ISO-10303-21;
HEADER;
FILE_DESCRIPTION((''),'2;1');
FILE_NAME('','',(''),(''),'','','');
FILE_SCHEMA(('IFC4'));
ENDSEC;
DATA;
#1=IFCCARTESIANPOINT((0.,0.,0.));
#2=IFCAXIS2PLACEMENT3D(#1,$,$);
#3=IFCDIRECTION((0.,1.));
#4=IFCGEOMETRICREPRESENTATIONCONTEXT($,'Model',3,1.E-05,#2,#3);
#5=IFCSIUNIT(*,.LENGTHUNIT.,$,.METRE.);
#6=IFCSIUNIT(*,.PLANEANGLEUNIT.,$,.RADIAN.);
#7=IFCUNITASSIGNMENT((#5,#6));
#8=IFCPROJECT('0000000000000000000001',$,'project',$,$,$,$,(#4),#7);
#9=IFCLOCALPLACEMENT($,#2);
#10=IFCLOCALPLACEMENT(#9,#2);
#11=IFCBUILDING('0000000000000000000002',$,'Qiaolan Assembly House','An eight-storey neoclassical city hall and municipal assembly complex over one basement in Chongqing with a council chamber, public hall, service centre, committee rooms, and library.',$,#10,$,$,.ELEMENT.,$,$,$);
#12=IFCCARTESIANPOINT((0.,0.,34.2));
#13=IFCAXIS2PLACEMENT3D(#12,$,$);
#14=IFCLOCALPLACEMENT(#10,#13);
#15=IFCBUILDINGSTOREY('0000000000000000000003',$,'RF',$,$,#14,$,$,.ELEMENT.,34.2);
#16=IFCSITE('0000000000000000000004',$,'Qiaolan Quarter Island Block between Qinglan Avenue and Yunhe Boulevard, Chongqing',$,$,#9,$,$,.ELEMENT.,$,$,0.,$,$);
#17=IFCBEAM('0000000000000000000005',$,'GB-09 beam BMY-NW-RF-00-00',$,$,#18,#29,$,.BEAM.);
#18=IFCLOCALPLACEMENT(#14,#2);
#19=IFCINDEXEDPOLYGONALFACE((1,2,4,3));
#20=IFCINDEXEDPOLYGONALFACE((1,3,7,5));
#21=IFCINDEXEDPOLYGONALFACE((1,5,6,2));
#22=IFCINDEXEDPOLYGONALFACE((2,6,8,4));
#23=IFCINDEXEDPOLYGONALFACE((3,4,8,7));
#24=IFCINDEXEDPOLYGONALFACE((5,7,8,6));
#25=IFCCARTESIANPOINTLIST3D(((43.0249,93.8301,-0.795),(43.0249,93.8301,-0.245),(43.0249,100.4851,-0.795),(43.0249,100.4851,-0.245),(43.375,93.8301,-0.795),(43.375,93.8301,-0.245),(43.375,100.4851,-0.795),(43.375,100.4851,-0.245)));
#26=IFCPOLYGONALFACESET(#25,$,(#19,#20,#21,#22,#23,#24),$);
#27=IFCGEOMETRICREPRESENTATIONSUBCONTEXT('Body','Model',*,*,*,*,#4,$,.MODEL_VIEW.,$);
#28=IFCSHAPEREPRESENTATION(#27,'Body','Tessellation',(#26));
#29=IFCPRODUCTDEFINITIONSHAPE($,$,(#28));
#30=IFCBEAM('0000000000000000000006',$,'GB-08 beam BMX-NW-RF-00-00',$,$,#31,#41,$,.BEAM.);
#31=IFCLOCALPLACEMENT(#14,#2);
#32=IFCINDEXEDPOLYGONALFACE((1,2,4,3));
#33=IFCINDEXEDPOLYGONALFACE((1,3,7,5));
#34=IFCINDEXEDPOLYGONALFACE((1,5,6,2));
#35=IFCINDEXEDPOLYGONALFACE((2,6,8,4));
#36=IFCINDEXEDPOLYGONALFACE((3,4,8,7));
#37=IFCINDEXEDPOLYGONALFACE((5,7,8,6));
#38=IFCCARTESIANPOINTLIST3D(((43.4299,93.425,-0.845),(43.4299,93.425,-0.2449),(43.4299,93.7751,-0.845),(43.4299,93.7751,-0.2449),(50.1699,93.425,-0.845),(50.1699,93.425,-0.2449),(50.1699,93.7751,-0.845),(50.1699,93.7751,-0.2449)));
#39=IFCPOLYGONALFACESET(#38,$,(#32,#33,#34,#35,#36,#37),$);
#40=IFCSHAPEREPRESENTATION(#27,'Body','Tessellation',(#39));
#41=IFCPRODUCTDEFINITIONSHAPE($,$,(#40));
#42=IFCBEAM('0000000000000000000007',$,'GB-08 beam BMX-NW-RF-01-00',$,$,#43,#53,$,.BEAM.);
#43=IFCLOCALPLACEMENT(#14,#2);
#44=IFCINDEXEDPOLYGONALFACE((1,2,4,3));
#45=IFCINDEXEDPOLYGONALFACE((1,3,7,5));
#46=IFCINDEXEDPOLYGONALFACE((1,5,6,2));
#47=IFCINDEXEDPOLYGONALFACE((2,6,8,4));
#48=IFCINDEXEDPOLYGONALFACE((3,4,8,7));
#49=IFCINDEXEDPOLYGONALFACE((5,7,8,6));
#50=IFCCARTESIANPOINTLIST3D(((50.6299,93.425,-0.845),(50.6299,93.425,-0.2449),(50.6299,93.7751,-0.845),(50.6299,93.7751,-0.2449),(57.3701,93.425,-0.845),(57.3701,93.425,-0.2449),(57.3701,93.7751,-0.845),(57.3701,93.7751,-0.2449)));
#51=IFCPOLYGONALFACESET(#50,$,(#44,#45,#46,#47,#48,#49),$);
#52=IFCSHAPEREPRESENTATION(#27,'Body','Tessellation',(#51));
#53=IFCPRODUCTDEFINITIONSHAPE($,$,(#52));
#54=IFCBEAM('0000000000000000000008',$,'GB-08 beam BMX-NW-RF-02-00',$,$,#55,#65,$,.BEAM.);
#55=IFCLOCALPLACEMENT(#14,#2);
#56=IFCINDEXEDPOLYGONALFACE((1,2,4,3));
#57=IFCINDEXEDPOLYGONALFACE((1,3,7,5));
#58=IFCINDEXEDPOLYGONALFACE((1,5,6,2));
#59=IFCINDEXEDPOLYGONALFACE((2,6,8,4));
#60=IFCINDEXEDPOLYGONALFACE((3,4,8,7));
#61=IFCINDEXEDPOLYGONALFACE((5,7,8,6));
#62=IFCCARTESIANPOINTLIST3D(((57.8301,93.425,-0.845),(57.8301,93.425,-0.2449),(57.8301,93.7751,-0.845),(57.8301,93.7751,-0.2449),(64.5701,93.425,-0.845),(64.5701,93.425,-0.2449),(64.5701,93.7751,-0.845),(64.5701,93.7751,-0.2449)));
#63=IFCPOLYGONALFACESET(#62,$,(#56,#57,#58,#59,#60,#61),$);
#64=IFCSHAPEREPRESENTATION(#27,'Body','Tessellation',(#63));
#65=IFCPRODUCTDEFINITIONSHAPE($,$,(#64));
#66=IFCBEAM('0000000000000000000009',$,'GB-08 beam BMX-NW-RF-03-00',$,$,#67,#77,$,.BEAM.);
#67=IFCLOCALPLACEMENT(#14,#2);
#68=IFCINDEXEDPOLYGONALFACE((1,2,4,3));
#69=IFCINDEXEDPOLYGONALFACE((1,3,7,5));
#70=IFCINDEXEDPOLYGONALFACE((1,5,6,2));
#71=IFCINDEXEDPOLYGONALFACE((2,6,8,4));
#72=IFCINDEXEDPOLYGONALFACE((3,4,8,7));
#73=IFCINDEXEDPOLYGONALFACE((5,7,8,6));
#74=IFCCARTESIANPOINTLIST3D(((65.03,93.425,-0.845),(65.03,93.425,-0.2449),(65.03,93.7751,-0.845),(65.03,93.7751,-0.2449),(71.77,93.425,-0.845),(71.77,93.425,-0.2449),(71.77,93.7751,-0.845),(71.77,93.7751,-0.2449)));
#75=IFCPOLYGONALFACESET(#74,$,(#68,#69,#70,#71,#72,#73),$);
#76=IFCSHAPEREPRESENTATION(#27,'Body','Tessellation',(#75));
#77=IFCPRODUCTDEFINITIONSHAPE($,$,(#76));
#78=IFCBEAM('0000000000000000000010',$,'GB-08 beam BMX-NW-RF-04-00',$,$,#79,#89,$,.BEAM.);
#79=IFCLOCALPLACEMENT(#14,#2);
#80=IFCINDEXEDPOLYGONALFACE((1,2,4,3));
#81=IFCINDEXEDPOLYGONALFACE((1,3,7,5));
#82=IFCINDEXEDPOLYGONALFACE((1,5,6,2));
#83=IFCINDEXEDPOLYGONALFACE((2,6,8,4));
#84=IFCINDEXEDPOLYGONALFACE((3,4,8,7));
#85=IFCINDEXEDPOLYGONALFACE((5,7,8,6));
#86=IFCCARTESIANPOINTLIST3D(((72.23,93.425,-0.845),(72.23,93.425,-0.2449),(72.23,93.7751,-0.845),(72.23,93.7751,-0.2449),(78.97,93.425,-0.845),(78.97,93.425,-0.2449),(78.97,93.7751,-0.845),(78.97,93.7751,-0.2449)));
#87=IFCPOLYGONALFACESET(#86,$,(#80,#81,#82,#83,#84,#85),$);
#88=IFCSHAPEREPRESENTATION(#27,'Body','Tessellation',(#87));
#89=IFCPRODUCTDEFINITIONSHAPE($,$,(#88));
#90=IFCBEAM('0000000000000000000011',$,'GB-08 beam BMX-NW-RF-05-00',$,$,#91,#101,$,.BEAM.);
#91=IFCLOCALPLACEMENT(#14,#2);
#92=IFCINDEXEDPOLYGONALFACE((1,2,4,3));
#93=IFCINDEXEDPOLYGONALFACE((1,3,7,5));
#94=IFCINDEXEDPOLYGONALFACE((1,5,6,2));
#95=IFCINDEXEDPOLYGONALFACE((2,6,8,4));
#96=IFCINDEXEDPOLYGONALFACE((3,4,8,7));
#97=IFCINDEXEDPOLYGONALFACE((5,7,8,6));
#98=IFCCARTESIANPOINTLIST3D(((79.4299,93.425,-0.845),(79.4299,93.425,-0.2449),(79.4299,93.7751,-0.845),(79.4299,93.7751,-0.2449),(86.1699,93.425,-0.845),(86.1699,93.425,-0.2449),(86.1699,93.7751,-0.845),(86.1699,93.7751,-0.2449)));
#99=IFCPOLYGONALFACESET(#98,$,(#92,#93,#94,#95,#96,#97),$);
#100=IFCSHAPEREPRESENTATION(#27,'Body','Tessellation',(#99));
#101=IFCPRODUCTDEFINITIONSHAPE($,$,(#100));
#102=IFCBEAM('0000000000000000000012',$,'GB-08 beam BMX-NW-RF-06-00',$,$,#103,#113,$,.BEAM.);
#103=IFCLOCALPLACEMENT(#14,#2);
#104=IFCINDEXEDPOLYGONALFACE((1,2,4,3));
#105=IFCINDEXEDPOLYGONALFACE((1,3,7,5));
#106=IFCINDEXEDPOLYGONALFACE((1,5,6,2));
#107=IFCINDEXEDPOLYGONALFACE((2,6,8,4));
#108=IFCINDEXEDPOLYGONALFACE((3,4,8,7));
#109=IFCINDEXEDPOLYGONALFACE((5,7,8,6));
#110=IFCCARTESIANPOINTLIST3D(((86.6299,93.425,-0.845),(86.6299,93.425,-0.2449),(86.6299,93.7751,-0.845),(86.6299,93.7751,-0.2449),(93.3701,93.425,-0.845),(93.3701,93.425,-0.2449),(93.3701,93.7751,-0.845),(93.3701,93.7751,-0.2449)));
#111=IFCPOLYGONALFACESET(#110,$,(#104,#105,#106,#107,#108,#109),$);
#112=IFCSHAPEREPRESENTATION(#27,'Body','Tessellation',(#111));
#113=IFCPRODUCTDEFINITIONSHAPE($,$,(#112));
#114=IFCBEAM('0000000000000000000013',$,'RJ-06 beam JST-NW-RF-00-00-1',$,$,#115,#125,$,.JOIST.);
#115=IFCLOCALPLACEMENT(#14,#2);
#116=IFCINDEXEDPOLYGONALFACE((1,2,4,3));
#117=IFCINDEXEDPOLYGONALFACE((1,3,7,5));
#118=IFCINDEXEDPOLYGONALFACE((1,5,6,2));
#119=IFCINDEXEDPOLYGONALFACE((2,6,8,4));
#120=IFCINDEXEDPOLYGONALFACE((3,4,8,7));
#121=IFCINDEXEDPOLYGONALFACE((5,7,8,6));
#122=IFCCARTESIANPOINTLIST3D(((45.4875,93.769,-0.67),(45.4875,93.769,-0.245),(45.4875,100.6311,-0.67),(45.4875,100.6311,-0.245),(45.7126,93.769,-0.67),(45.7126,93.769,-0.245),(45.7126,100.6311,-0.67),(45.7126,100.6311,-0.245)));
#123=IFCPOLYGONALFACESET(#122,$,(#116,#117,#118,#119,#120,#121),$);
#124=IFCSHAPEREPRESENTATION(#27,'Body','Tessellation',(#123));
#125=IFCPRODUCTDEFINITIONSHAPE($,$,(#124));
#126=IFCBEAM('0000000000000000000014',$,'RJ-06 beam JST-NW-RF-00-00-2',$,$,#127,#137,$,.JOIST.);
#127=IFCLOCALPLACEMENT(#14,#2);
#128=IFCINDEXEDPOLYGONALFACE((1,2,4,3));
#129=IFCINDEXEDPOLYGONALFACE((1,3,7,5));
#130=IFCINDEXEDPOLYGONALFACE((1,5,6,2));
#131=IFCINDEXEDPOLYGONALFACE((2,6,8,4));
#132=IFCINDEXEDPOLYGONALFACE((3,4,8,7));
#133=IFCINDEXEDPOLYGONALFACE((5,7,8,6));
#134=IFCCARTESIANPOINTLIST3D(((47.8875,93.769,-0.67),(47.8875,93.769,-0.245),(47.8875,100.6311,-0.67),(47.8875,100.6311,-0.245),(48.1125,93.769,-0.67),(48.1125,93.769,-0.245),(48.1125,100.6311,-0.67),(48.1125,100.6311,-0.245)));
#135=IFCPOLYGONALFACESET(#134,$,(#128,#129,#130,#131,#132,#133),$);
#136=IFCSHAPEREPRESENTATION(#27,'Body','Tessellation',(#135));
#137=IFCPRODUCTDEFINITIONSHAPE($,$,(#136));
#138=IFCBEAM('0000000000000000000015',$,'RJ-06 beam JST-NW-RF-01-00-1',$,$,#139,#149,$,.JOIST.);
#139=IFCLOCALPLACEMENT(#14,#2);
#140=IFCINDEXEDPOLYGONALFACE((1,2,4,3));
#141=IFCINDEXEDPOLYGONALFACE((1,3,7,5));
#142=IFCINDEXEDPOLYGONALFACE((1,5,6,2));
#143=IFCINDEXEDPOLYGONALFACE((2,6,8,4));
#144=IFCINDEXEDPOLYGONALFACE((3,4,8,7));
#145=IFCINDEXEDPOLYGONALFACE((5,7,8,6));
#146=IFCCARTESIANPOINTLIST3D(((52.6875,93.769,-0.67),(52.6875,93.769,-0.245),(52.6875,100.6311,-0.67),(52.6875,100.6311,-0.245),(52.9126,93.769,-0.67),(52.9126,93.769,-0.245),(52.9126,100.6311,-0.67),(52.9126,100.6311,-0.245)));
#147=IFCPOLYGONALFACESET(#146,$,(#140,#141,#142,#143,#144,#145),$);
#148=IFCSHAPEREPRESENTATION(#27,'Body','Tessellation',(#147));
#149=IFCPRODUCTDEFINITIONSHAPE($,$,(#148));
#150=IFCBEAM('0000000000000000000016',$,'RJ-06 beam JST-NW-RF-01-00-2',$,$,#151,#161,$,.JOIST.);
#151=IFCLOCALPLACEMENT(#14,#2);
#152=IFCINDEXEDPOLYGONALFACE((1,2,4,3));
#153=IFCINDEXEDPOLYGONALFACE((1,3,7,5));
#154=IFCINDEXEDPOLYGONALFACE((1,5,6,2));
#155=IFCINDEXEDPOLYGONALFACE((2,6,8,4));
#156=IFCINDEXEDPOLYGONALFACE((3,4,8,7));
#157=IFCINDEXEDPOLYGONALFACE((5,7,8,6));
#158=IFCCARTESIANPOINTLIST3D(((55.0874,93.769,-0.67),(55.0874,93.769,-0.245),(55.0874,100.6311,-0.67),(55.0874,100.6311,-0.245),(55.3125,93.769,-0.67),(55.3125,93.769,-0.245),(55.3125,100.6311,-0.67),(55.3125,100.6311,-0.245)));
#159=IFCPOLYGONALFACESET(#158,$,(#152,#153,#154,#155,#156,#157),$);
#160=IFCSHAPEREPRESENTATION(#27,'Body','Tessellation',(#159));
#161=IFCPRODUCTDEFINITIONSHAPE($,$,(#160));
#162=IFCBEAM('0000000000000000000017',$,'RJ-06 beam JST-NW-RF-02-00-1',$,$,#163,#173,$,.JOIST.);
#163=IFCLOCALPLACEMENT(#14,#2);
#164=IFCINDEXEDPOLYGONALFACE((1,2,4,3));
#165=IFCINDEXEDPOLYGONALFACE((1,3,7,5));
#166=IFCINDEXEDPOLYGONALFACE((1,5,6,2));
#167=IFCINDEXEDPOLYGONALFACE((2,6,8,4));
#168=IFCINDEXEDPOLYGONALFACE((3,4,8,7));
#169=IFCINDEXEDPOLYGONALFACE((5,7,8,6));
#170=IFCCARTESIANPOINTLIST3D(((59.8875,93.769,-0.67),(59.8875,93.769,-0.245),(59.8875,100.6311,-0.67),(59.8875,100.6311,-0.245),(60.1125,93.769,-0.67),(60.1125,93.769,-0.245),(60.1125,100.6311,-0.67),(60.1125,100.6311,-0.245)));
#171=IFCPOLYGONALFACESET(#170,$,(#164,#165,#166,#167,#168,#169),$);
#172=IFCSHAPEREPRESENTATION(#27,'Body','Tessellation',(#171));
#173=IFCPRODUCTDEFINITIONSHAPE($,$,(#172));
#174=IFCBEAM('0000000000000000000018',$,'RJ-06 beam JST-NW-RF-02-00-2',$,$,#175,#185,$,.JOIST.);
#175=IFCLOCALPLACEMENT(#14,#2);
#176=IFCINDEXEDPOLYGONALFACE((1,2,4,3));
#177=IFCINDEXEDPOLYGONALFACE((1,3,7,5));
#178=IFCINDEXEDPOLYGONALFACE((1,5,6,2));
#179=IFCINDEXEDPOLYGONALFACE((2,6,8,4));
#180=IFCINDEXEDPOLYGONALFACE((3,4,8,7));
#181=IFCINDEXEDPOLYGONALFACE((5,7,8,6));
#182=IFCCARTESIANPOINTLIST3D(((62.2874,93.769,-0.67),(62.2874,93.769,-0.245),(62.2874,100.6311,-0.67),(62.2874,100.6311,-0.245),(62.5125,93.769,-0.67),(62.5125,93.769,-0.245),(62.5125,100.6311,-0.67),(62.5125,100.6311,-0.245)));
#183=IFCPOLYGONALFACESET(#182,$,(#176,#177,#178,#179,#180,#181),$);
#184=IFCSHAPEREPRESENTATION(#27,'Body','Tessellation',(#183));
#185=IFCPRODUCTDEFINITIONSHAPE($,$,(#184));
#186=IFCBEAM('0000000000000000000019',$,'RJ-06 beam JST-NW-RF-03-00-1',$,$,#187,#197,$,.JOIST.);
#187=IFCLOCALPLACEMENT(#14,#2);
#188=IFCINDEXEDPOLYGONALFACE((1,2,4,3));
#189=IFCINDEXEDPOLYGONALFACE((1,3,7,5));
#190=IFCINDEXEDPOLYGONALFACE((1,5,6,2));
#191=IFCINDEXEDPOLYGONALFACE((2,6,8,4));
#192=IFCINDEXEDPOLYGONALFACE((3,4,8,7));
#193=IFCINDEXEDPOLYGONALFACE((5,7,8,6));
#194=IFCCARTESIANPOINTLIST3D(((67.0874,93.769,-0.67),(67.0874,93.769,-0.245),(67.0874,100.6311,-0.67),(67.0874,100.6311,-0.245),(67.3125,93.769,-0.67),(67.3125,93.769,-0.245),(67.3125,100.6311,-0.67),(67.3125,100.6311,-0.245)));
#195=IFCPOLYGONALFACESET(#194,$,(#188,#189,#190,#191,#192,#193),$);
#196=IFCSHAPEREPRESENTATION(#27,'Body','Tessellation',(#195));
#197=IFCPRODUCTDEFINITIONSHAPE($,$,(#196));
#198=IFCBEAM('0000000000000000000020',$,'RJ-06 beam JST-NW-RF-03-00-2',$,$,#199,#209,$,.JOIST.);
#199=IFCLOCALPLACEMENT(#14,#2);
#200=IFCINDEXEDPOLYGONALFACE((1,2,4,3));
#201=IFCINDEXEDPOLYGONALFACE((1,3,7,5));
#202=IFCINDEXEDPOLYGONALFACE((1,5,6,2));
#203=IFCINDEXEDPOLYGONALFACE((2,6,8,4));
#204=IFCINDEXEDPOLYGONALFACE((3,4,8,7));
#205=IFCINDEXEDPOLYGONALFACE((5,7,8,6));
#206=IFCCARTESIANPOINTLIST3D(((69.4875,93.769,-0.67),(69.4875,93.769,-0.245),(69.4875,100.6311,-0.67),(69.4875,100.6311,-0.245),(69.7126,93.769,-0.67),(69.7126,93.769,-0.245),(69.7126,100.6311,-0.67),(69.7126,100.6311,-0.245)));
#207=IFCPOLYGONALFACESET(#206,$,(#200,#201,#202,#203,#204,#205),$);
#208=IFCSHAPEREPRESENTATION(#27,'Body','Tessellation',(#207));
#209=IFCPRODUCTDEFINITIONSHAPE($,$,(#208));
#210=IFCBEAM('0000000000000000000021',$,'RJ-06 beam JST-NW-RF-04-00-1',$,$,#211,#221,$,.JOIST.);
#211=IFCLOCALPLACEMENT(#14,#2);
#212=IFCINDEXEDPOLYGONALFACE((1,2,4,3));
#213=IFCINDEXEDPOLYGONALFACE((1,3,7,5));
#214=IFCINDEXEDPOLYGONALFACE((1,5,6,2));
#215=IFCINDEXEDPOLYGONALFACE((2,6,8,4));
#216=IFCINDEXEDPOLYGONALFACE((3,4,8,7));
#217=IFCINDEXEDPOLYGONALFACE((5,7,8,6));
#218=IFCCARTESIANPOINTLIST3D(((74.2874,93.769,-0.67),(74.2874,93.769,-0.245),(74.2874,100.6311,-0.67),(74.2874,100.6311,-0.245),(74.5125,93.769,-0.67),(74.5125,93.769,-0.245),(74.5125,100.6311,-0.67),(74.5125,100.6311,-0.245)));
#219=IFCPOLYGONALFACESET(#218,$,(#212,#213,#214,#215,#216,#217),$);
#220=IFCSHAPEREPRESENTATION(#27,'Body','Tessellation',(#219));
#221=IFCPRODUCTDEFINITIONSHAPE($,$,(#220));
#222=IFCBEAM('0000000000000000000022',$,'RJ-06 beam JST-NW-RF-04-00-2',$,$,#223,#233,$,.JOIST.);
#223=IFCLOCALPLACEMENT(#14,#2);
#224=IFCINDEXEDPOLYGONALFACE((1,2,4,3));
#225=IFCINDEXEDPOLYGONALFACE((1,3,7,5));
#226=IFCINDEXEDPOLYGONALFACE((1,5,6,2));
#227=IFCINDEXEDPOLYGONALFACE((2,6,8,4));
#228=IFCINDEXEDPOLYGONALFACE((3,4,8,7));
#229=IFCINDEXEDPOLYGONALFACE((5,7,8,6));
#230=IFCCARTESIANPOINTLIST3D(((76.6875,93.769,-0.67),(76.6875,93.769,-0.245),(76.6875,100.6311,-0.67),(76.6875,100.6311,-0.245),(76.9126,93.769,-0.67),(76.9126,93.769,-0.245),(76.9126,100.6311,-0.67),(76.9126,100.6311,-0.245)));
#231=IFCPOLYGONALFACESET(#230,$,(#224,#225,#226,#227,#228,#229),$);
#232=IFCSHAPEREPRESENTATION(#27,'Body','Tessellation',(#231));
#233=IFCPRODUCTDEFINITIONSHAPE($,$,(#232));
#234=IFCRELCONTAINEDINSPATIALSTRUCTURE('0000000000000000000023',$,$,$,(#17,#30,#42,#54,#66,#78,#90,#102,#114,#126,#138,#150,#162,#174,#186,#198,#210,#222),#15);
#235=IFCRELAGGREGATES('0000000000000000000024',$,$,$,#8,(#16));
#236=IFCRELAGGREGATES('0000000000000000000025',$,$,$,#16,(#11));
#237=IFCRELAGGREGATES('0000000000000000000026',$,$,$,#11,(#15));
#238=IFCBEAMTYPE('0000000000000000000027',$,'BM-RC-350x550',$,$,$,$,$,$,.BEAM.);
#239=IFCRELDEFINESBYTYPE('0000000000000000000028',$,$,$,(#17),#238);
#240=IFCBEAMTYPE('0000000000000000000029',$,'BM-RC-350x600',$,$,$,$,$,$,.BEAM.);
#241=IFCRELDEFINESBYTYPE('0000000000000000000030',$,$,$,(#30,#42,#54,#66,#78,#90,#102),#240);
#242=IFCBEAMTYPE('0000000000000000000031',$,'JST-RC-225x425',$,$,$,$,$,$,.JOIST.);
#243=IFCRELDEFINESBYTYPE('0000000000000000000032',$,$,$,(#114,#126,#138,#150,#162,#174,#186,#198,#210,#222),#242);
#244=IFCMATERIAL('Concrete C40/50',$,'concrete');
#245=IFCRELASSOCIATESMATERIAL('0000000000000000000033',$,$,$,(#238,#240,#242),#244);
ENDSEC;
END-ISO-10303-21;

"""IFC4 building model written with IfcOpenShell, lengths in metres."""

from ifc_helpers import new_model, si_unit, direction, frame, origin, origin_2d, place, context, subcontext, project, spatial, rectangle, extrude, material, material_profile, profile_set, type_object, element, save


model = new_model("IFC4")

# Units and contexts
model_context = context("Model", 3, precision=1e-05, world=origin(), true_north=direction((0.0, 1.0)))
body_context = subcontext(model_context, "Body", "Model", "MODEL_VIEW")
ifc_project = project(units=[si_unit("LENGTHUNIT", "METRE"), si_unit("PLANEANGLEUNIT", "RADIAN")], contexts=[model_context])

# Site, building, storey
site_placement = place(None, origin())
site = spatial("IfcSite", under=ifc_project, at=site_placement, Name="Qiaolan Quarter Island Block between Qinglan Avenue and Yunhe Boulevard, Chongqing", CompositionType="ELEMENT", RefElevation=0.0)
building_placement = place(site_placement, origin())
building = spatial("IfcBuilding", under=site, at=building_placement, Name="Qiaolan Assembly House", Description="An eight-storey neoclassical city hall and municipal assembly complex over one basement in Chongqing with a council chamber, public hall, service centre, committee rooms, and library.", CompositionType="ELEMENT")
storey_placement = place(building_placement, frame((0.0, 0.0, 34.2)))
storey = spatial("IfcBuildingStorey", under=building, at=storey_placement, Name="RF", CompositionType="ELEMENT", Elevation=34.2)

# Beams
ifc_material_1 = material(Name="Concrete C40/50", Category="concrete")
ifc_material_profile_1 = material_profile(ifc_material_1, rectangle(XDim=0.3501, YDim=0.55, at=origin_2d()), Name="RCB 350x550")
ifc_profile_set_1 = profile_set([ifc_material_profile_1], Name="Concrete C40/50")
beam_type_1 = type_object("IfcBeamType", Name="BM-RC-350x550", PredefinedType="BEAM", material=ifc_profile_set_1)
beam_1_placement = place(storey_placement, frame((43.2, 93.8301, -0.52), z_axis=(0.0, 1.0, 0.0), x_axis=(-1.0, 0.0, 0.0)))
element("IfcBeam", 1, at=beam_1_placement, inside=storey, type_object=beam_type_1, Name="GB-09 beam BMY-NW-RF-00-00", PredefinedType="BEAM", context=body_context, shape_type="SweptSolid", body=[
    extrude(rectangle(XDim=0.3501, YDim=0.55, at=origin_2d()), origin(), (0.0, 0.0, 1.0), 6.655),
])
ifc_material_profile_2 = material_profile(ifc_material_1, rectangle(XDim=0.3501, YDim=0.6001, at=origin_2d()), Name="RCB 350x600")
ifc_profile_set_2 = profile_set([ifc_material_profile_2], Name="Concrete C40/50")
beam_type_2 = type_object("IfcBeamType", Name="BM-RC-350x600", PredefinedType="BEAM", material=ifc_profile_set_2)
beam_2_placement = place(storey_placement, frame((43.4299, 93.6001, -0.5449), z_axis=(1.0, 0.0, 0.0), x_axis=(0.0, 1.0, 0.0)))
element("IfcBeam", 2, at=beam_2_placement, inside=storey, type_object=beam_type_2, Name="GB-08 beam BMX-NW-RF-00-00", PredefinedType="BEAM", context=body_context, shape_type="SweptSolid", body=[
    extrude(rectangle(XDim=0.3501, YDim=0.6001, at=origin_2d()), origin(), (0.0, 0.0, 1.0), 6.74),
])
beam_3_placement = place(storey_placement, frame((50.6299, 93.6001, -0.5449), z_axis=(1.0, 0.0, 0.0), x_axis=(0.0, 1.0, 0.0)))
element("IfcBeam", 3, at=beam_3_placement, inside=storey, type_object=beam_type_2, Name="GB-08 beam BMX-NW-RF-01-00", PredefinedType="BEAM", context=body_context, shape_type="SweptSolid", body=[
    extrude(rectangle(XDim=0.3501, YDim=0.6001, at=origin_2d()), origin(), (0.0, 0.0, 1.0), 6.7402),
])
for number, where, z_axis, x_axis, name in (
    (4, (57.8301, 93.6001, -0.5449), (1.0, 0.0, 0.0), (0.0, 1.0, 0.0), "GB-08 beam BMX-NW-RF-02-00"),
    (5, (65.03, 93.6001, -0.5449), (1.0, 0.0, 0.0), (0.0, 1.0, 0.0), "GB-08 beam BMX-NW-RF-03-00"),
    (6, (72.23, 93.6001, -0.5449), (1.0, 0.0, 0.0), (0.0, 1.0, 0.0), "GB-08 beam BMX-NW-RF-04-00"),
    (7, (79.4299, 93.6001, -0.5449), (1.0, 0.0, 0.0), (0.0, 1.0, 0.0), "GB-08 beam BMX-NW-RF-05-00"),
):
    element("IfcBeam", number, at=place(storey_placement, frame(where, z_axis=z_axis, x_axis=x_axis)), inside=storey, type_object=beam_type_2, Name=name, PredefinedType="BEAM", context=body_context, shape_type="SweptSolid", body=[
        extrude(rectangle(XDim=0.3501, YDim=0.6001, at=origin_2d()), origin(), (0.0, 0.0, 1.0), 6.74),
    ])
beam_4_placement = place(storey_placement, frame((86.6299, 93.6001, -0.5449), z_axis=(1.0, 0.0, 0.0), x_axis=(0.0, 1.0, 0.0)))
element("IfcBeam", 8, at=beam_4_placement, inside=storey, type_object=beam_type_2, Name="GB-08 beam BMX-NW-RF-06-00", PredefinedType="BEAM", context=body_context, shape_type="SweptSolid", body=[
    extrude(rectangle(XDim=0.3501, YDim=0.6001, at=origin_2d()), origin(), (0.0, 0.0, 1.0), 6.7402),
])
ifc_material_profile_3 = material_profile(ifc_material_1, rectangle(XDim=0.2251, YDim=0.425, at=origin_2d()), Name="RCB 225x425")
ifc_profile_set_3 = profile_set([ifc_material_profile_3], Name="Concrete C40/50")
beam_type_3 = type_object("IfcBeamType", Name="JST-RC-225x425", PredefinedType="JOIST", material=ifc_profile_set_3)
for number, where, z_axis, x_axis, name in (
    (9, (45.6001, 93.769, -0.4575), (0.0, 1.0, 0.0), (-1.0, 0.0, 0.0), "RJ-06 beam JST-NW-RF-00-00-1"),
    (10, (48.0, 93.769, -0.4575), (0.0, 1.0, 0.0), (-1.0, 0.0, 0.0), "RJ-06 beam JST-NW-RF-00-00-2"),
    (11, (52.8, 93.769, -0.4575), (0.0, 1.0, 0.0), (-1.0, 0.0, 0.0), "RJ-06 beam JST-NW-RF-01-00-1"),
    (12, (55.2, 93.769, -0.4575), (0.0, 1.0, 0.0), (-1.0, 0.0, 0.0), "RJ-06 beam JST-NW-RF-01-00-2"),
    (13, (60.0, 93.769, -0.4575), (0.0, 1.0, 0.0), (-1.0, 0.0, 0.0), "RJ-06 beam JST-NW-RF-02-00-1"),
    (14, (62.3999, 93.769, -0.4575), (0.0, 1.0, 0.0), (-1.0, 0.0, 0.0), "RJ-06 beam JST-NW-RF-02-00-2"),
    (15, (67.2, 93.769, -0.4575), (0.0, 1.0, 0.0), (-1.0, 0.0, 0.0), "RJ-06 beam JST-NW-RF-03-00-1"),
    (16, (69.6001, 93.769, -0.4575), (0.0, 1.0, 0.0), (-1.0, 0.0, 0.0), "RJ-06 beam JST-NW-RF-03-00-2"),
    (17, (74.3999, 93.769, -0.4575), (0.0, 1.0, 0.0), (-1.0, 0.0, 0.0), "RJ-06 beam JST-NW-RF-04-00-1"),
    (18, (76.8, 93.769, -0.4575), (0.0, 1.0, 0.0), (-1.0, 0.0, 0.0), "RJ-06 beam JST-NW-RF-04-00-2"),
):
    element("IfcBeam", number, at=place(storey_placement, frame(where, z_axis=z_axis, x_axis=x_axis)), inside=storey, type_object=beam_type_3, Name=name, PredefinedType="JOIST", context=body_context, shape_type="SweptSolid", body=[
        extrude(rectangle(XDim=0.2251, YDim=0.425, at=origin_2d()), origin(), (0.0, 0.0, 1.0), 6.8621),
    ])

save(model, "model.ifc")
